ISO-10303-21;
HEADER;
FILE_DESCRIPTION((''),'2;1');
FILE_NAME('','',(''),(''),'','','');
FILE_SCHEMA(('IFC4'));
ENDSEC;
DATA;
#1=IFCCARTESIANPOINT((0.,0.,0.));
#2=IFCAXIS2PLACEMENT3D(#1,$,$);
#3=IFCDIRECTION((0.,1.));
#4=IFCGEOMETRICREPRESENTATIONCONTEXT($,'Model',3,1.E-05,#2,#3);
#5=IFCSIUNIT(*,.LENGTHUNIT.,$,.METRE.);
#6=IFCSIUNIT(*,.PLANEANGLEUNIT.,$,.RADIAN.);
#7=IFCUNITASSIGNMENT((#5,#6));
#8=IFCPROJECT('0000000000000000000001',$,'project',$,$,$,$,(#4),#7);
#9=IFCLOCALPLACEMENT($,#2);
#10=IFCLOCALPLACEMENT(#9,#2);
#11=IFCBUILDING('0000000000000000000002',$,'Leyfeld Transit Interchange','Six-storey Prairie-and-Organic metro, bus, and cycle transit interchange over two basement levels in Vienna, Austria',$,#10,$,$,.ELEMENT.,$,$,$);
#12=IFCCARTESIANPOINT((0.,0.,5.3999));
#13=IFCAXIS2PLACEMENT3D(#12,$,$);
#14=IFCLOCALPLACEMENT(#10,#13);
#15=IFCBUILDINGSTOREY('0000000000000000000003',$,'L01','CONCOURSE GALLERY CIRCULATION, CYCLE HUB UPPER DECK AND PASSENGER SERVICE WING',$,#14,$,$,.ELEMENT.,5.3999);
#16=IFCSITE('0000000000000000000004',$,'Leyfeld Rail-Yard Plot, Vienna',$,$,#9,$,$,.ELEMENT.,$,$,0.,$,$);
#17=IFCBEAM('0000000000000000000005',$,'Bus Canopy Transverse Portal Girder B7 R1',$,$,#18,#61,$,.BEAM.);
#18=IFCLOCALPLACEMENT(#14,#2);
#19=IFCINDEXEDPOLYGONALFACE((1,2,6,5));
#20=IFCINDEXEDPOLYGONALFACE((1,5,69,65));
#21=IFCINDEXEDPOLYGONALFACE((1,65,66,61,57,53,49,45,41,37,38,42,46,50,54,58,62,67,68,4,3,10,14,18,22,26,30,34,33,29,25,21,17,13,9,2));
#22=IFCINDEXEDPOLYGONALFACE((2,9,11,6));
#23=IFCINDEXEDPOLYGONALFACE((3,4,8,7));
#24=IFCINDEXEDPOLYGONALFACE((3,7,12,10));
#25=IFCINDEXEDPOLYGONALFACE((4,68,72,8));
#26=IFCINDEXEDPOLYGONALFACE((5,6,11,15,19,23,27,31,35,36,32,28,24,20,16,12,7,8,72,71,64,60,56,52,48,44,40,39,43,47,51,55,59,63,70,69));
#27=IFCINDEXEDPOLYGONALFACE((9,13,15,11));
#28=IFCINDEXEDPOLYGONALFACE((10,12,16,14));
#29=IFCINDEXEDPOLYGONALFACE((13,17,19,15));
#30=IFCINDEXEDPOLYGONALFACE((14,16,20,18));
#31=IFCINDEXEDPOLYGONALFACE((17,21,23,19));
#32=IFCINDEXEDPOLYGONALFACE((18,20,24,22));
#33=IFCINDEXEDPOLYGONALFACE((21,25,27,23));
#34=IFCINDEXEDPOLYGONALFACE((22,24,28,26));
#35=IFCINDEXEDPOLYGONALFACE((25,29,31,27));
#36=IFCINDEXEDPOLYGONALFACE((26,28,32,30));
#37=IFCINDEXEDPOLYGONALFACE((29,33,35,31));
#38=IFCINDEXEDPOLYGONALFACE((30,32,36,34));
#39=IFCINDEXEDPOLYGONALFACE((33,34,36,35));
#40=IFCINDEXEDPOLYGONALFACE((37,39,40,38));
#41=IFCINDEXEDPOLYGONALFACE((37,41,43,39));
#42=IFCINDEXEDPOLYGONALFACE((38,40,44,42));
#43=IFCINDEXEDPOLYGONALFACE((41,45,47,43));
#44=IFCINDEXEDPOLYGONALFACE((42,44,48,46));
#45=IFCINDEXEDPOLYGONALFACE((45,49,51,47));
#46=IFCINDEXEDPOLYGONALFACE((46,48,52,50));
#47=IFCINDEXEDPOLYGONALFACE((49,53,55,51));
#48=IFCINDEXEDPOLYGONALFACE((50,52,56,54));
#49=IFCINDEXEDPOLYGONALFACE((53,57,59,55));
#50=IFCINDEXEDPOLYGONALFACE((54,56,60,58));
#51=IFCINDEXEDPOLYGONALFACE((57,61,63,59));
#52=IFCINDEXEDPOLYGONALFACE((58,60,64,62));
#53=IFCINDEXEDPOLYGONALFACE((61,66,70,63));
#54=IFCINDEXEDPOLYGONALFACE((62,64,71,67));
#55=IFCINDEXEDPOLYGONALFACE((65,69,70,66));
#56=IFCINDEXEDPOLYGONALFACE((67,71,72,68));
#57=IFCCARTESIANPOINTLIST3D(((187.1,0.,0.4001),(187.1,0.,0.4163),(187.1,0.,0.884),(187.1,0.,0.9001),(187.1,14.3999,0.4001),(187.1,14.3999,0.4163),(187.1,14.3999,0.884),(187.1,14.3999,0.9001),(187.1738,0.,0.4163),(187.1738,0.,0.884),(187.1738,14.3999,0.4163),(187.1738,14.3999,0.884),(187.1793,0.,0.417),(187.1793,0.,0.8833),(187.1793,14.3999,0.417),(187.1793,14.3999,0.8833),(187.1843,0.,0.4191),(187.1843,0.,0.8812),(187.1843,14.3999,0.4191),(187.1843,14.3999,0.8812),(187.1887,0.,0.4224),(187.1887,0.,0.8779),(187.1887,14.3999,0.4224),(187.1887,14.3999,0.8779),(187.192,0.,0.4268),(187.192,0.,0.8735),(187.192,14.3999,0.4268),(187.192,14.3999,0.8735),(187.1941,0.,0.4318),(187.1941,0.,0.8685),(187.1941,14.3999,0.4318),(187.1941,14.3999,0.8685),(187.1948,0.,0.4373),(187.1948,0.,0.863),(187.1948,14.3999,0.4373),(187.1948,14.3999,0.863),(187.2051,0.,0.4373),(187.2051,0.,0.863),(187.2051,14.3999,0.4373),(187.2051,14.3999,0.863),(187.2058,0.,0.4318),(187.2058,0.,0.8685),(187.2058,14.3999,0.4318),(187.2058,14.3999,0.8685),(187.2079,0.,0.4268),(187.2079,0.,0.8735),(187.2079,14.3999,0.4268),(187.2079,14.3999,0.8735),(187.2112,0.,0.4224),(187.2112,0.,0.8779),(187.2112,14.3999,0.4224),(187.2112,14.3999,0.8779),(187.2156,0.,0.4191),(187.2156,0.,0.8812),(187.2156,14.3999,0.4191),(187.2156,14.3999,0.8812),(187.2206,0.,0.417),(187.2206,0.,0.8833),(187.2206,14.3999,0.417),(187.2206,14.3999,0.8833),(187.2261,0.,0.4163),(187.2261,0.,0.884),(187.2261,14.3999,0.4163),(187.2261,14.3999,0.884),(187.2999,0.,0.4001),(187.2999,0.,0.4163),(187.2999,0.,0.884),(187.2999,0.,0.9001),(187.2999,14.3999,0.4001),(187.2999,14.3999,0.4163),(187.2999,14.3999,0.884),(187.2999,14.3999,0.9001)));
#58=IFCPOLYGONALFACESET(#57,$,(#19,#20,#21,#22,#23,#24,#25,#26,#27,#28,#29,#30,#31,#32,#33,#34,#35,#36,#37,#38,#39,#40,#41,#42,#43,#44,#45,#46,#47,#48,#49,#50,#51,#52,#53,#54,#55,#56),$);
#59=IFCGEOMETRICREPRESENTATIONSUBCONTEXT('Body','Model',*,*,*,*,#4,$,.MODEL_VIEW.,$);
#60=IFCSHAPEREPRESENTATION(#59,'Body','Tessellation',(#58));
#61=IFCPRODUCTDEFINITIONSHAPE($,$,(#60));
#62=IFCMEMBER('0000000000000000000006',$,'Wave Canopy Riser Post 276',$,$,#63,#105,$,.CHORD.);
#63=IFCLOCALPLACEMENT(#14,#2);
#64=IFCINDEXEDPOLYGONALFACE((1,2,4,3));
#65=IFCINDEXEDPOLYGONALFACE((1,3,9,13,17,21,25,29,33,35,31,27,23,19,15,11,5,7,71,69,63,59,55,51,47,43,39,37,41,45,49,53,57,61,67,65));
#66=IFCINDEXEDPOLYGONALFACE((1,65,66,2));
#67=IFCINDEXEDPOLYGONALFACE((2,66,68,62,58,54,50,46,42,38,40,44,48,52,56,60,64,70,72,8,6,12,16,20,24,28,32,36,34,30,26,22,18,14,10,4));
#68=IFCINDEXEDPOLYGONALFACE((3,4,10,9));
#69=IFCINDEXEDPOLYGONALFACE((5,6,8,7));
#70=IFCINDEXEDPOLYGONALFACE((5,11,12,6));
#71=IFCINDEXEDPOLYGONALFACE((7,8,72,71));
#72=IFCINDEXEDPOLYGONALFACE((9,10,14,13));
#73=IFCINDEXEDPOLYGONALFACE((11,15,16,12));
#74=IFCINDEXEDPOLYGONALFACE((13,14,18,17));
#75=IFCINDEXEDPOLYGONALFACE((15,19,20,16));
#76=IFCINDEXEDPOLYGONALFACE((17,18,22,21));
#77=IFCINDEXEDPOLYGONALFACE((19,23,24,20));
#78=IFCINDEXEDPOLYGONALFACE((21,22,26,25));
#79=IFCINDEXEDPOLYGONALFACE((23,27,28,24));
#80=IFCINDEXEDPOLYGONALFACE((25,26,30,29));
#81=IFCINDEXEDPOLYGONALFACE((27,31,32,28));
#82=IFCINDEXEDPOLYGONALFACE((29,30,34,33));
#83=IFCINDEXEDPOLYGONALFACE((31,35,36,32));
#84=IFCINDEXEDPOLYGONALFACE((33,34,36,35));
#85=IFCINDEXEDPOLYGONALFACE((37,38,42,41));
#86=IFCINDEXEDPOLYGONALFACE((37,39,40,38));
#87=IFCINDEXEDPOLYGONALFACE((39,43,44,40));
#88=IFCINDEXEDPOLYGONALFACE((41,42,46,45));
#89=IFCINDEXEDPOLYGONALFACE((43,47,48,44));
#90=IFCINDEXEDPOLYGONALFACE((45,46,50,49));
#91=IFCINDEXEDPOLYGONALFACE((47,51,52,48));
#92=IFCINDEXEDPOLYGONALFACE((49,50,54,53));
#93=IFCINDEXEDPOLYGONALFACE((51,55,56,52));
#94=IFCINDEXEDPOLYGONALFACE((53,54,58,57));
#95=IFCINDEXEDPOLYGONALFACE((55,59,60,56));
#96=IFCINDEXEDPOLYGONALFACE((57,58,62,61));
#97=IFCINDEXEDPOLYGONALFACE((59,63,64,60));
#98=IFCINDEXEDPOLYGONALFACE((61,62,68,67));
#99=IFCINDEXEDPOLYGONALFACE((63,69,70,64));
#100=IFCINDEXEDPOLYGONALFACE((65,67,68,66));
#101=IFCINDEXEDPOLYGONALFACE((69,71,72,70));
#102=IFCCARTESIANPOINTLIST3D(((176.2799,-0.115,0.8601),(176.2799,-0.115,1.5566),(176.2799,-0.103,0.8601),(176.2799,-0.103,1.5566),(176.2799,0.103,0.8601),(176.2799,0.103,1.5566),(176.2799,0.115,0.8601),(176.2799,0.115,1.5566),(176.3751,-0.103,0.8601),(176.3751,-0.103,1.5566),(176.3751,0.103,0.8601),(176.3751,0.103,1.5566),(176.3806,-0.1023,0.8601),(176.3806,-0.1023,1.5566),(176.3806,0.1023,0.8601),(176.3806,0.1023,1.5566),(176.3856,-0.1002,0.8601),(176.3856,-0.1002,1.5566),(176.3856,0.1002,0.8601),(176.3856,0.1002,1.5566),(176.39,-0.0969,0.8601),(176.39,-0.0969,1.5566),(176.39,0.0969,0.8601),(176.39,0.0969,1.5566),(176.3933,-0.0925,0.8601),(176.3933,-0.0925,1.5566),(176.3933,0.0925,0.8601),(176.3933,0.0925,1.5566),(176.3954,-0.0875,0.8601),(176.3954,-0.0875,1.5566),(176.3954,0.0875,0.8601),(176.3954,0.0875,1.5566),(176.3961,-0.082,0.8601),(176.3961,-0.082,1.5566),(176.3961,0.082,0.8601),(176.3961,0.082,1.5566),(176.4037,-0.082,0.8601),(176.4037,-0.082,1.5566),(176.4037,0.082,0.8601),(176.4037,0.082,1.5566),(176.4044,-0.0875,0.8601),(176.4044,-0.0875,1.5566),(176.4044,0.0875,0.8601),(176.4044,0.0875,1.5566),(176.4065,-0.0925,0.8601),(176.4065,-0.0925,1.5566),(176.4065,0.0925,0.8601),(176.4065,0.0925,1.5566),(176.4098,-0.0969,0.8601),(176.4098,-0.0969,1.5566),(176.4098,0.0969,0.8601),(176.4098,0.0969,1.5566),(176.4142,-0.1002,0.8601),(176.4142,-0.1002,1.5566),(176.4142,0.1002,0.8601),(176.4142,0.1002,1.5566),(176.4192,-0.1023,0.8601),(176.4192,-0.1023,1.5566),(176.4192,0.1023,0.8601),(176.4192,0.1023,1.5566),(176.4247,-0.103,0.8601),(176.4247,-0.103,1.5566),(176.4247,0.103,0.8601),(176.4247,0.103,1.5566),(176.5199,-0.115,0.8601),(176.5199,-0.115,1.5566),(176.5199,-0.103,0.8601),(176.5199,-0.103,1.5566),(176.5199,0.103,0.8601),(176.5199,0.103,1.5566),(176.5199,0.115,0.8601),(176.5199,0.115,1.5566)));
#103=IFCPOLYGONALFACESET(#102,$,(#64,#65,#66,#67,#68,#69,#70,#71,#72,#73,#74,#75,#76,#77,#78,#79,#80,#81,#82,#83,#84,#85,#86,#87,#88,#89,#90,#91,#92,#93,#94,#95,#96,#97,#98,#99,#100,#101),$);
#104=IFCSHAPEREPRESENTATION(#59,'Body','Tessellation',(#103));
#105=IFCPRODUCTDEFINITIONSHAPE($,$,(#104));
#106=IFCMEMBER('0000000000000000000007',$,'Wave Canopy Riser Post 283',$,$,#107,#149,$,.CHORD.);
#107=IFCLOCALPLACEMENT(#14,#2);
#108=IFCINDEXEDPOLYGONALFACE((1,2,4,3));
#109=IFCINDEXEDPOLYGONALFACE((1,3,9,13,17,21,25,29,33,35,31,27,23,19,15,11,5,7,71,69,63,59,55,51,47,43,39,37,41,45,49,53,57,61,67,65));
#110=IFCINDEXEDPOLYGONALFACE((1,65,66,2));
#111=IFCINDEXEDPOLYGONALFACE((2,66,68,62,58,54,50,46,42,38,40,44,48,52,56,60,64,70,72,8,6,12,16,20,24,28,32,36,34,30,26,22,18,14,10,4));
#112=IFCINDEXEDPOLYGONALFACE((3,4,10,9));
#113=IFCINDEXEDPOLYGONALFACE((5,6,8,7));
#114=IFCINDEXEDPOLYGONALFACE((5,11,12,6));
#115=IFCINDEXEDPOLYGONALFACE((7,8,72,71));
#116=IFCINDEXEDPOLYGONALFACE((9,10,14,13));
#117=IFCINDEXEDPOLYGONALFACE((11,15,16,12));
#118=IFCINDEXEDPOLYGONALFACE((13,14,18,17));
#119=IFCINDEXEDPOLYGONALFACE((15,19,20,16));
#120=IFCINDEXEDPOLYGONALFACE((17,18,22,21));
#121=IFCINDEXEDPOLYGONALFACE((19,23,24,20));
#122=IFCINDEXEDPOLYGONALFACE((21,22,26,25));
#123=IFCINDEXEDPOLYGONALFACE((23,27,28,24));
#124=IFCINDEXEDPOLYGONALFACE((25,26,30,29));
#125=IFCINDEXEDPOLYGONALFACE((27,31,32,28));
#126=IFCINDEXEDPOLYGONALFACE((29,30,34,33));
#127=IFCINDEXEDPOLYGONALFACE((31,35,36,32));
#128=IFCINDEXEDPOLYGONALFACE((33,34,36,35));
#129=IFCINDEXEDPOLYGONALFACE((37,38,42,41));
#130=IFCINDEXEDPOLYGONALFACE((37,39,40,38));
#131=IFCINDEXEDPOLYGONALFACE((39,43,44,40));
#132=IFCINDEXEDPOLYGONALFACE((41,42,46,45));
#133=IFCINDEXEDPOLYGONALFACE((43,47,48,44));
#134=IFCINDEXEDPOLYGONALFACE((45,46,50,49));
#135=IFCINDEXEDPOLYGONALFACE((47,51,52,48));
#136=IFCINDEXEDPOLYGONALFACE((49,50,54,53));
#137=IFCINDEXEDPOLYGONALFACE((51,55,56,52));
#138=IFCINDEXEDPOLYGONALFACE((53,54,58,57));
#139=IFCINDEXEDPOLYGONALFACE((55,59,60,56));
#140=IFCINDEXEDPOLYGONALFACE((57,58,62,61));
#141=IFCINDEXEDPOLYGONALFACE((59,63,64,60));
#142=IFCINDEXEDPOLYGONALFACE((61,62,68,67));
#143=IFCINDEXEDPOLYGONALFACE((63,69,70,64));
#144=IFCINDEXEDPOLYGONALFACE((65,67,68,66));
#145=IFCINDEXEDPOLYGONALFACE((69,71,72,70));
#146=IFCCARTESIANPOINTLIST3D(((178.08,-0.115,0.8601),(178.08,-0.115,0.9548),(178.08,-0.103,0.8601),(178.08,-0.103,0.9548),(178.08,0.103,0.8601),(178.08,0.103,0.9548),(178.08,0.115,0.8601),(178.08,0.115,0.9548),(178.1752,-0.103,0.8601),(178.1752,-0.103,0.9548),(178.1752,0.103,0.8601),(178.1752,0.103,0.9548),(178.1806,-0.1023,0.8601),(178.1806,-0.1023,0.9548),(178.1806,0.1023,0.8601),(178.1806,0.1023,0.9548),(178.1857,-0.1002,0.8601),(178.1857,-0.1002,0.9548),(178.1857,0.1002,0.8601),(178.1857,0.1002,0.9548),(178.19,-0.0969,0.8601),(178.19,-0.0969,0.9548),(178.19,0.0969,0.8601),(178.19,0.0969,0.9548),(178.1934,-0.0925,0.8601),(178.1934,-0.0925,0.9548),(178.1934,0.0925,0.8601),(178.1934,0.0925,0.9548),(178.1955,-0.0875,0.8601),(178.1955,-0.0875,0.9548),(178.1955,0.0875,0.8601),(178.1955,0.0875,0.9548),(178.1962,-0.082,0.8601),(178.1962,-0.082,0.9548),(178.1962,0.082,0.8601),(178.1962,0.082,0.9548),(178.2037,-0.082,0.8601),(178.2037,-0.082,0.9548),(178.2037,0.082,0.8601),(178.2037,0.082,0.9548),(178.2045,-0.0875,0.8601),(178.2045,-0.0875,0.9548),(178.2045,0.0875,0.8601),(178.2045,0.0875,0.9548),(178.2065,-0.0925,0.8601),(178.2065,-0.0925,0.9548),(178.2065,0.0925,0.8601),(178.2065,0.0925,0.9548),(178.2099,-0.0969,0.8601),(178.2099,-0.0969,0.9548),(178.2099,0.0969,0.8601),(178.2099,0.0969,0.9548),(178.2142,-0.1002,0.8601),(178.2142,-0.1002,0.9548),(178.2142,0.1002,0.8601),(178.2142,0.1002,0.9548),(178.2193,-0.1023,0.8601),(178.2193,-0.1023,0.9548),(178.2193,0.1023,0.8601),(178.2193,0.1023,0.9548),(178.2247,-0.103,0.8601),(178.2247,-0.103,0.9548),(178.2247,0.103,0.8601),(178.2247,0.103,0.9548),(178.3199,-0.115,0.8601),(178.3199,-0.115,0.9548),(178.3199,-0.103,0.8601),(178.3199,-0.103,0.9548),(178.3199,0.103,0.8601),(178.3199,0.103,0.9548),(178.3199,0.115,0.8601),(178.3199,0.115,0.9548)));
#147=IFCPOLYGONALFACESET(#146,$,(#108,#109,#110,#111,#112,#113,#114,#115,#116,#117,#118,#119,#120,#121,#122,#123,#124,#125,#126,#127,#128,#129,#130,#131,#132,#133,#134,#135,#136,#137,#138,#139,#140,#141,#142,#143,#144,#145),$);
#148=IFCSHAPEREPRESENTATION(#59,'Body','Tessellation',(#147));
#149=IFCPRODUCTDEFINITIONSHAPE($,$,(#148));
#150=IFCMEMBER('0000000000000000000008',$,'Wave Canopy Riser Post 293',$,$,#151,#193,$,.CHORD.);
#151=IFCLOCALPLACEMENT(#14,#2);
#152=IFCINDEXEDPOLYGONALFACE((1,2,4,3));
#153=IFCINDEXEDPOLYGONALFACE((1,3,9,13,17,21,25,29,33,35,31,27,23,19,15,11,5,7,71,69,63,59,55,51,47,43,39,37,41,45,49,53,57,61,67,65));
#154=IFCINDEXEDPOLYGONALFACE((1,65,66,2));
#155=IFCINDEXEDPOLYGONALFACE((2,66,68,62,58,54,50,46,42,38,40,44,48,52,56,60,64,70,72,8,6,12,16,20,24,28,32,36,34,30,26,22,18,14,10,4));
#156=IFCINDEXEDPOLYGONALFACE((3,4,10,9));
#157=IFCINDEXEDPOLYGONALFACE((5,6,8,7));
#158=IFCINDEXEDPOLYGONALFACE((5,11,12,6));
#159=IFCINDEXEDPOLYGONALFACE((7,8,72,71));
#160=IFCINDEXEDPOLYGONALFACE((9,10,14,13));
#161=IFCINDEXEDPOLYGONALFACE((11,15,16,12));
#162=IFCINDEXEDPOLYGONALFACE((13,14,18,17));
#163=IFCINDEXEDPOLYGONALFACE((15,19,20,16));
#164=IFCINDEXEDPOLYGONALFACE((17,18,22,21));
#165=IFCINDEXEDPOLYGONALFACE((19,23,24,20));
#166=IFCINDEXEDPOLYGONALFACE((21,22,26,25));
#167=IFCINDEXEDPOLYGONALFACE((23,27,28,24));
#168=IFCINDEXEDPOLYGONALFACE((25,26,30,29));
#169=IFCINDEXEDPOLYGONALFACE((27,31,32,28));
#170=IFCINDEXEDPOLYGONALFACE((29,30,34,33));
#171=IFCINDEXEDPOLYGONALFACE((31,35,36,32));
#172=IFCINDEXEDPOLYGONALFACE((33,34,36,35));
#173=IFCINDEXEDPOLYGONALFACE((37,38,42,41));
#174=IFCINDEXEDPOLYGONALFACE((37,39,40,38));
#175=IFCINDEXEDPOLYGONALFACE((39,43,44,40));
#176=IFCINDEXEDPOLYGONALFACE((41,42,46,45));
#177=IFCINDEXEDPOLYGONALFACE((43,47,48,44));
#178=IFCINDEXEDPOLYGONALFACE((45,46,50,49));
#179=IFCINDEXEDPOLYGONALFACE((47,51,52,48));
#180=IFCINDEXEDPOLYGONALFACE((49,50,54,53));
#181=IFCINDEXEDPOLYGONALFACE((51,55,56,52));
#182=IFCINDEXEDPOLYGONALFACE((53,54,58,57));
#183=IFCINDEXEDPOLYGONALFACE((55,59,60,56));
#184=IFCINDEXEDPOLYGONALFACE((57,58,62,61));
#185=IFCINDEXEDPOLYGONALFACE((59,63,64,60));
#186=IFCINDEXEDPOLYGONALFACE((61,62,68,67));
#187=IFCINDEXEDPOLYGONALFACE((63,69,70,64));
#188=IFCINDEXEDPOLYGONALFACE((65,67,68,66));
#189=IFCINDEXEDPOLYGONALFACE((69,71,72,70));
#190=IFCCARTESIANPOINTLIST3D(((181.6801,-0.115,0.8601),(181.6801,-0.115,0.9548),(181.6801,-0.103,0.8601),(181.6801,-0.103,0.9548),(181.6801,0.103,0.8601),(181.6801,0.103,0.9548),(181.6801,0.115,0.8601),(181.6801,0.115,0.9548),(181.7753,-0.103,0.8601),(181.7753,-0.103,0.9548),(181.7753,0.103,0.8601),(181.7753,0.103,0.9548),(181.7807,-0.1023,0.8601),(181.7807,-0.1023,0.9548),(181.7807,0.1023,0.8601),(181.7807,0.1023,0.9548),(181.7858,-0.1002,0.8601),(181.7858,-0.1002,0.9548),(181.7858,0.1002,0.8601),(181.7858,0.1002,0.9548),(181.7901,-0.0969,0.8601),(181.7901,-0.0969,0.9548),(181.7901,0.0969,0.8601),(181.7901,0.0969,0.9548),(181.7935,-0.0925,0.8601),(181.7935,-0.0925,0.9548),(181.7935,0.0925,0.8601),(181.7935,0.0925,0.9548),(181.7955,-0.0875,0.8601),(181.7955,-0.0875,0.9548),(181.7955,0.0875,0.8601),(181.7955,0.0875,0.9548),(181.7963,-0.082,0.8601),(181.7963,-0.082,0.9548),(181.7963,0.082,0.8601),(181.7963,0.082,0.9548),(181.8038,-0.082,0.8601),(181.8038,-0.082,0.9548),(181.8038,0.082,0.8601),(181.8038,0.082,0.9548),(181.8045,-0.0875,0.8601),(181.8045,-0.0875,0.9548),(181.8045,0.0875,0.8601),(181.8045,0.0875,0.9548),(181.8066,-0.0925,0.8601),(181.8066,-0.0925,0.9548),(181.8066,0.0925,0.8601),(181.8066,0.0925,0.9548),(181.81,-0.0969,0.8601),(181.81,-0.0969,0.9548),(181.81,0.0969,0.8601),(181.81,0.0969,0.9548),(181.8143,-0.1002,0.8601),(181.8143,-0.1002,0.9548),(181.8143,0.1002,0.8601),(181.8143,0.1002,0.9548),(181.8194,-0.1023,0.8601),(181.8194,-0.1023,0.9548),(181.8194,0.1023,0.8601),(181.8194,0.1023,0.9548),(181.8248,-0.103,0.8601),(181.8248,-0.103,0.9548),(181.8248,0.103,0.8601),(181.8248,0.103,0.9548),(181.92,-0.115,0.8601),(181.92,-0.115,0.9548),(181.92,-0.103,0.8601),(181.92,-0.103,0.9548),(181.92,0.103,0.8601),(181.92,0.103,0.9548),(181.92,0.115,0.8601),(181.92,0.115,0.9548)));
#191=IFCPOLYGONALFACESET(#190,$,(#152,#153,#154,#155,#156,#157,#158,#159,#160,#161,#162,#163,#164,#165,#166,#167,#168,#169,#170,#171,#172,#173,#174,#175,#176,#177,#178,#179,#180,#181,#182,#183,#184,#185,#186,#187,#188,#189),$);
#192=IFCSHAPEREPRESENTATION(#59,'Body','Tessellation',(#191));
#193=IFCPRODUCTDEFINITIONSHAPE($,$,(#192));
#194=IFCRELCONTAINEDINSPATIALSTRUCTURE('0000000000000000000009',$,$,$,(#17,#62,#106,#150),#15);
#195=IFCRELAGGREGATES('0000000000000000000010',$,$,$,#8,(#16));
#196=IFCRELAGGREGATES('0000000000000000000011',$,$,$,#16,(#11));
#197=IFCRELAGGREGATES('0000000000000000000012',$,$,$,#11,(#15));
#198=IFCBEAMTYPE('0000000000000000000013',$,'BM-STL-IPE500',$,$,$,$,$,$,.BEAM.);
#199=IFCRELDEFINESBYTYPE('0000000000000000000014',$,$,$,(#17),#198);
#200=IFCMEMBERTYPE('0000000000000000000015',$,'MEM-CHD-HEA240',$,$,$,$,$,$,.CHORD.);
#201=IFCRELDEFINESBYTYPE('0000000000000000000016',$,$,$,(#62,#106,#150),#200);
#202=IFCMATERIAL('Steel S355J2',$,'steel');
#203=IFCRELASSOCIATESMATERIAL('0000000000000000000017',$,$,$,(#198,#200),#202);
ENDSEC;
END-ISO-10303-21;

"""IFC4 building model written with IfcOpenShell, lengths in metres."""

from ifc_helpers import new_model, si_unit, direction, frame, origin, origin_2d, place, context, subcontext, project, spatial, i_section, extrude, material, material_profile, profile_set, type_object, element, save


model = new_model("IFC4")

# Units and contexts
model_context = context("Model", 3, precision=1e-05, world=origin(), true_north=direction((0.0, 1.0)))
body_context = subcontext(model_context, "Body", "Model", "MODEL_VIEW")
ifc_project = project(units=[si_unit("LENGTHUNIT", "METRE"), si_unit("PLANEANGLEUNIT", "RADIAN")], contexts=[model_context])

# Site, building, storey
site_placement = place(None, origin())
site = spatial("IfcSite", under=ifc_project, at=site_placement, Name="Leyfeld Rail-Yard Plot, Vienna", CompositionType="ELEMENT", RefElevation=0.0)
building_placement = place(site_placement, origin())
building = spatial("IfcBuilding", under=site, at=building_placement, Name="Leyfeld Transit Interchange", Description="Six-storey Prairie-and-Organic metro, bus, and cycle transit interchange over two basement levels in Vienna, Austria", CompositionType="ELEMENT")
storey_placement = place(building_placement, frame((0.0, 0.0, 5.3999)))
storey = spatial("IfcBuildingStorey", under=building, at=storey_placement, Name="L01", Description="CONCOURSE GALLERY CIRCULATION, CYCLE HUB UPPER DECK AND PASSENGER SERVICE WING", CompositionType="ELEMENT", Elevation=5.3999)

# Beam
ifc_material = material(Name="Steel S355J2", Category="steel")
ifc_material_profile_1 = material_profile(ifc_material, i_section(OverallWidth=0.2, OverallDepth=0.5, WebThickness=0.0103, FlangeThickness=0.0161, FilletRadius=0.021, at=origin_2d()), Name="IPE 500")
ifc_profile_set_1 = profile_set([ifc_material_profile_1], Name="Steel S355J2")
beam_type = type_object("IfcBeamType", Name="BM-STL-IPE500", PredefinedType="BEAM", material=ifc_profile_set_1)
beam_placement = place(storey_placement, frame((187.2, 0.0, 0.6501), z_axis=(0.0, 1.0, 0.0), x_axis=(-1.0, 0.0, 0.0)))
element("IfcBeam", 1, at=beam_placement, inside=storey, type_object=beam_type, Name="Bus Canopy Transverse Portal Girder B7 R1", PredefinedType="BEAM", context=body_context, shape_type="SweptSolid", body=[
    extrude(i_section(OverallWidth=0.2, OverallDepth=0.5, WebThickness=0.0103, FlangeThickness=0.0161, FilletRadius=0.021, at=origin_2d()), origin(), (0.0, 0.0, 1.0), 14.3999),
])

# Members
ifc_material_profile_2 = material_profile(ifc_material, i_section(OverallWidth=0.24, OverallDepth=0.23, WebThickness=0.0076, FlangeThickness=0.012, FilletRadius=0.021, at=origin_2d()), Name="HEA 240")
ifc_profile_set_2 = profile_set([ifc_material_profile_2], Name="Steel S355J2")
member_type_1 = type_object("IfcMemberType", Name="MEM-CHD-HEA240", PredefinedType="CHORD", material=ifc_profile_set_2)
member_1_placement = place(storey_placement, frame((176.3999, 0.0, 0.8601), z_axis=(0.0, 0.0, 1.0), x_axis=(1.0, 0.0, 0.0)))
element("IfcMember", 2, at=member_1_placement, inside=storey, type_object=member_type_1, Name="Wave Canopy Riser Post 276", PredefinedType="CHORD", context=body_context, shape_type="SweptSolid", body=[
    extrude(i_section(OverallWidth=0.24, OverallDepth=0.23, WebThickness=0.0076, FlangeThickness=0.012, FilletRadius=0.021, at=origin_2d()), origin(), (0.0, 0.0, 1.0), 0.6965),
])
for number, where, z_axis, x_axis, name in (
    (3, (178.2, 0.0, 0.8601), (0.0, 0.0, 1.0), (1.0, 0.0, 0.0), "Wave Canopy Riser Post 283"),
    (4, (181.8, 0.0, 0.8601), (0.0, 0.0, 1.0), (1.0, 0.0, 0.0), "Wave Canopy Riser Post 293"),
):
    element("IfcMember", number, at=place(storey_placement, frame(where, z_axis=z_axis, x_axis=x_axis)), inside=storey, type_object=member_type_1, Name=name, PredefinedType="CHORD", context=body_context, shape_type="SweptSolid", body=[
        extrude(i_section(OverallWidth=0.24, OverallDepth=0.23, WebThickness=0.0076, FlangeThickness=0.012, FilletRadius=0.021, at=origin_2d()), origin(), (0.0, 0.0, 1.0), 0.0947),
    ])

save(model, "model.ifc")
